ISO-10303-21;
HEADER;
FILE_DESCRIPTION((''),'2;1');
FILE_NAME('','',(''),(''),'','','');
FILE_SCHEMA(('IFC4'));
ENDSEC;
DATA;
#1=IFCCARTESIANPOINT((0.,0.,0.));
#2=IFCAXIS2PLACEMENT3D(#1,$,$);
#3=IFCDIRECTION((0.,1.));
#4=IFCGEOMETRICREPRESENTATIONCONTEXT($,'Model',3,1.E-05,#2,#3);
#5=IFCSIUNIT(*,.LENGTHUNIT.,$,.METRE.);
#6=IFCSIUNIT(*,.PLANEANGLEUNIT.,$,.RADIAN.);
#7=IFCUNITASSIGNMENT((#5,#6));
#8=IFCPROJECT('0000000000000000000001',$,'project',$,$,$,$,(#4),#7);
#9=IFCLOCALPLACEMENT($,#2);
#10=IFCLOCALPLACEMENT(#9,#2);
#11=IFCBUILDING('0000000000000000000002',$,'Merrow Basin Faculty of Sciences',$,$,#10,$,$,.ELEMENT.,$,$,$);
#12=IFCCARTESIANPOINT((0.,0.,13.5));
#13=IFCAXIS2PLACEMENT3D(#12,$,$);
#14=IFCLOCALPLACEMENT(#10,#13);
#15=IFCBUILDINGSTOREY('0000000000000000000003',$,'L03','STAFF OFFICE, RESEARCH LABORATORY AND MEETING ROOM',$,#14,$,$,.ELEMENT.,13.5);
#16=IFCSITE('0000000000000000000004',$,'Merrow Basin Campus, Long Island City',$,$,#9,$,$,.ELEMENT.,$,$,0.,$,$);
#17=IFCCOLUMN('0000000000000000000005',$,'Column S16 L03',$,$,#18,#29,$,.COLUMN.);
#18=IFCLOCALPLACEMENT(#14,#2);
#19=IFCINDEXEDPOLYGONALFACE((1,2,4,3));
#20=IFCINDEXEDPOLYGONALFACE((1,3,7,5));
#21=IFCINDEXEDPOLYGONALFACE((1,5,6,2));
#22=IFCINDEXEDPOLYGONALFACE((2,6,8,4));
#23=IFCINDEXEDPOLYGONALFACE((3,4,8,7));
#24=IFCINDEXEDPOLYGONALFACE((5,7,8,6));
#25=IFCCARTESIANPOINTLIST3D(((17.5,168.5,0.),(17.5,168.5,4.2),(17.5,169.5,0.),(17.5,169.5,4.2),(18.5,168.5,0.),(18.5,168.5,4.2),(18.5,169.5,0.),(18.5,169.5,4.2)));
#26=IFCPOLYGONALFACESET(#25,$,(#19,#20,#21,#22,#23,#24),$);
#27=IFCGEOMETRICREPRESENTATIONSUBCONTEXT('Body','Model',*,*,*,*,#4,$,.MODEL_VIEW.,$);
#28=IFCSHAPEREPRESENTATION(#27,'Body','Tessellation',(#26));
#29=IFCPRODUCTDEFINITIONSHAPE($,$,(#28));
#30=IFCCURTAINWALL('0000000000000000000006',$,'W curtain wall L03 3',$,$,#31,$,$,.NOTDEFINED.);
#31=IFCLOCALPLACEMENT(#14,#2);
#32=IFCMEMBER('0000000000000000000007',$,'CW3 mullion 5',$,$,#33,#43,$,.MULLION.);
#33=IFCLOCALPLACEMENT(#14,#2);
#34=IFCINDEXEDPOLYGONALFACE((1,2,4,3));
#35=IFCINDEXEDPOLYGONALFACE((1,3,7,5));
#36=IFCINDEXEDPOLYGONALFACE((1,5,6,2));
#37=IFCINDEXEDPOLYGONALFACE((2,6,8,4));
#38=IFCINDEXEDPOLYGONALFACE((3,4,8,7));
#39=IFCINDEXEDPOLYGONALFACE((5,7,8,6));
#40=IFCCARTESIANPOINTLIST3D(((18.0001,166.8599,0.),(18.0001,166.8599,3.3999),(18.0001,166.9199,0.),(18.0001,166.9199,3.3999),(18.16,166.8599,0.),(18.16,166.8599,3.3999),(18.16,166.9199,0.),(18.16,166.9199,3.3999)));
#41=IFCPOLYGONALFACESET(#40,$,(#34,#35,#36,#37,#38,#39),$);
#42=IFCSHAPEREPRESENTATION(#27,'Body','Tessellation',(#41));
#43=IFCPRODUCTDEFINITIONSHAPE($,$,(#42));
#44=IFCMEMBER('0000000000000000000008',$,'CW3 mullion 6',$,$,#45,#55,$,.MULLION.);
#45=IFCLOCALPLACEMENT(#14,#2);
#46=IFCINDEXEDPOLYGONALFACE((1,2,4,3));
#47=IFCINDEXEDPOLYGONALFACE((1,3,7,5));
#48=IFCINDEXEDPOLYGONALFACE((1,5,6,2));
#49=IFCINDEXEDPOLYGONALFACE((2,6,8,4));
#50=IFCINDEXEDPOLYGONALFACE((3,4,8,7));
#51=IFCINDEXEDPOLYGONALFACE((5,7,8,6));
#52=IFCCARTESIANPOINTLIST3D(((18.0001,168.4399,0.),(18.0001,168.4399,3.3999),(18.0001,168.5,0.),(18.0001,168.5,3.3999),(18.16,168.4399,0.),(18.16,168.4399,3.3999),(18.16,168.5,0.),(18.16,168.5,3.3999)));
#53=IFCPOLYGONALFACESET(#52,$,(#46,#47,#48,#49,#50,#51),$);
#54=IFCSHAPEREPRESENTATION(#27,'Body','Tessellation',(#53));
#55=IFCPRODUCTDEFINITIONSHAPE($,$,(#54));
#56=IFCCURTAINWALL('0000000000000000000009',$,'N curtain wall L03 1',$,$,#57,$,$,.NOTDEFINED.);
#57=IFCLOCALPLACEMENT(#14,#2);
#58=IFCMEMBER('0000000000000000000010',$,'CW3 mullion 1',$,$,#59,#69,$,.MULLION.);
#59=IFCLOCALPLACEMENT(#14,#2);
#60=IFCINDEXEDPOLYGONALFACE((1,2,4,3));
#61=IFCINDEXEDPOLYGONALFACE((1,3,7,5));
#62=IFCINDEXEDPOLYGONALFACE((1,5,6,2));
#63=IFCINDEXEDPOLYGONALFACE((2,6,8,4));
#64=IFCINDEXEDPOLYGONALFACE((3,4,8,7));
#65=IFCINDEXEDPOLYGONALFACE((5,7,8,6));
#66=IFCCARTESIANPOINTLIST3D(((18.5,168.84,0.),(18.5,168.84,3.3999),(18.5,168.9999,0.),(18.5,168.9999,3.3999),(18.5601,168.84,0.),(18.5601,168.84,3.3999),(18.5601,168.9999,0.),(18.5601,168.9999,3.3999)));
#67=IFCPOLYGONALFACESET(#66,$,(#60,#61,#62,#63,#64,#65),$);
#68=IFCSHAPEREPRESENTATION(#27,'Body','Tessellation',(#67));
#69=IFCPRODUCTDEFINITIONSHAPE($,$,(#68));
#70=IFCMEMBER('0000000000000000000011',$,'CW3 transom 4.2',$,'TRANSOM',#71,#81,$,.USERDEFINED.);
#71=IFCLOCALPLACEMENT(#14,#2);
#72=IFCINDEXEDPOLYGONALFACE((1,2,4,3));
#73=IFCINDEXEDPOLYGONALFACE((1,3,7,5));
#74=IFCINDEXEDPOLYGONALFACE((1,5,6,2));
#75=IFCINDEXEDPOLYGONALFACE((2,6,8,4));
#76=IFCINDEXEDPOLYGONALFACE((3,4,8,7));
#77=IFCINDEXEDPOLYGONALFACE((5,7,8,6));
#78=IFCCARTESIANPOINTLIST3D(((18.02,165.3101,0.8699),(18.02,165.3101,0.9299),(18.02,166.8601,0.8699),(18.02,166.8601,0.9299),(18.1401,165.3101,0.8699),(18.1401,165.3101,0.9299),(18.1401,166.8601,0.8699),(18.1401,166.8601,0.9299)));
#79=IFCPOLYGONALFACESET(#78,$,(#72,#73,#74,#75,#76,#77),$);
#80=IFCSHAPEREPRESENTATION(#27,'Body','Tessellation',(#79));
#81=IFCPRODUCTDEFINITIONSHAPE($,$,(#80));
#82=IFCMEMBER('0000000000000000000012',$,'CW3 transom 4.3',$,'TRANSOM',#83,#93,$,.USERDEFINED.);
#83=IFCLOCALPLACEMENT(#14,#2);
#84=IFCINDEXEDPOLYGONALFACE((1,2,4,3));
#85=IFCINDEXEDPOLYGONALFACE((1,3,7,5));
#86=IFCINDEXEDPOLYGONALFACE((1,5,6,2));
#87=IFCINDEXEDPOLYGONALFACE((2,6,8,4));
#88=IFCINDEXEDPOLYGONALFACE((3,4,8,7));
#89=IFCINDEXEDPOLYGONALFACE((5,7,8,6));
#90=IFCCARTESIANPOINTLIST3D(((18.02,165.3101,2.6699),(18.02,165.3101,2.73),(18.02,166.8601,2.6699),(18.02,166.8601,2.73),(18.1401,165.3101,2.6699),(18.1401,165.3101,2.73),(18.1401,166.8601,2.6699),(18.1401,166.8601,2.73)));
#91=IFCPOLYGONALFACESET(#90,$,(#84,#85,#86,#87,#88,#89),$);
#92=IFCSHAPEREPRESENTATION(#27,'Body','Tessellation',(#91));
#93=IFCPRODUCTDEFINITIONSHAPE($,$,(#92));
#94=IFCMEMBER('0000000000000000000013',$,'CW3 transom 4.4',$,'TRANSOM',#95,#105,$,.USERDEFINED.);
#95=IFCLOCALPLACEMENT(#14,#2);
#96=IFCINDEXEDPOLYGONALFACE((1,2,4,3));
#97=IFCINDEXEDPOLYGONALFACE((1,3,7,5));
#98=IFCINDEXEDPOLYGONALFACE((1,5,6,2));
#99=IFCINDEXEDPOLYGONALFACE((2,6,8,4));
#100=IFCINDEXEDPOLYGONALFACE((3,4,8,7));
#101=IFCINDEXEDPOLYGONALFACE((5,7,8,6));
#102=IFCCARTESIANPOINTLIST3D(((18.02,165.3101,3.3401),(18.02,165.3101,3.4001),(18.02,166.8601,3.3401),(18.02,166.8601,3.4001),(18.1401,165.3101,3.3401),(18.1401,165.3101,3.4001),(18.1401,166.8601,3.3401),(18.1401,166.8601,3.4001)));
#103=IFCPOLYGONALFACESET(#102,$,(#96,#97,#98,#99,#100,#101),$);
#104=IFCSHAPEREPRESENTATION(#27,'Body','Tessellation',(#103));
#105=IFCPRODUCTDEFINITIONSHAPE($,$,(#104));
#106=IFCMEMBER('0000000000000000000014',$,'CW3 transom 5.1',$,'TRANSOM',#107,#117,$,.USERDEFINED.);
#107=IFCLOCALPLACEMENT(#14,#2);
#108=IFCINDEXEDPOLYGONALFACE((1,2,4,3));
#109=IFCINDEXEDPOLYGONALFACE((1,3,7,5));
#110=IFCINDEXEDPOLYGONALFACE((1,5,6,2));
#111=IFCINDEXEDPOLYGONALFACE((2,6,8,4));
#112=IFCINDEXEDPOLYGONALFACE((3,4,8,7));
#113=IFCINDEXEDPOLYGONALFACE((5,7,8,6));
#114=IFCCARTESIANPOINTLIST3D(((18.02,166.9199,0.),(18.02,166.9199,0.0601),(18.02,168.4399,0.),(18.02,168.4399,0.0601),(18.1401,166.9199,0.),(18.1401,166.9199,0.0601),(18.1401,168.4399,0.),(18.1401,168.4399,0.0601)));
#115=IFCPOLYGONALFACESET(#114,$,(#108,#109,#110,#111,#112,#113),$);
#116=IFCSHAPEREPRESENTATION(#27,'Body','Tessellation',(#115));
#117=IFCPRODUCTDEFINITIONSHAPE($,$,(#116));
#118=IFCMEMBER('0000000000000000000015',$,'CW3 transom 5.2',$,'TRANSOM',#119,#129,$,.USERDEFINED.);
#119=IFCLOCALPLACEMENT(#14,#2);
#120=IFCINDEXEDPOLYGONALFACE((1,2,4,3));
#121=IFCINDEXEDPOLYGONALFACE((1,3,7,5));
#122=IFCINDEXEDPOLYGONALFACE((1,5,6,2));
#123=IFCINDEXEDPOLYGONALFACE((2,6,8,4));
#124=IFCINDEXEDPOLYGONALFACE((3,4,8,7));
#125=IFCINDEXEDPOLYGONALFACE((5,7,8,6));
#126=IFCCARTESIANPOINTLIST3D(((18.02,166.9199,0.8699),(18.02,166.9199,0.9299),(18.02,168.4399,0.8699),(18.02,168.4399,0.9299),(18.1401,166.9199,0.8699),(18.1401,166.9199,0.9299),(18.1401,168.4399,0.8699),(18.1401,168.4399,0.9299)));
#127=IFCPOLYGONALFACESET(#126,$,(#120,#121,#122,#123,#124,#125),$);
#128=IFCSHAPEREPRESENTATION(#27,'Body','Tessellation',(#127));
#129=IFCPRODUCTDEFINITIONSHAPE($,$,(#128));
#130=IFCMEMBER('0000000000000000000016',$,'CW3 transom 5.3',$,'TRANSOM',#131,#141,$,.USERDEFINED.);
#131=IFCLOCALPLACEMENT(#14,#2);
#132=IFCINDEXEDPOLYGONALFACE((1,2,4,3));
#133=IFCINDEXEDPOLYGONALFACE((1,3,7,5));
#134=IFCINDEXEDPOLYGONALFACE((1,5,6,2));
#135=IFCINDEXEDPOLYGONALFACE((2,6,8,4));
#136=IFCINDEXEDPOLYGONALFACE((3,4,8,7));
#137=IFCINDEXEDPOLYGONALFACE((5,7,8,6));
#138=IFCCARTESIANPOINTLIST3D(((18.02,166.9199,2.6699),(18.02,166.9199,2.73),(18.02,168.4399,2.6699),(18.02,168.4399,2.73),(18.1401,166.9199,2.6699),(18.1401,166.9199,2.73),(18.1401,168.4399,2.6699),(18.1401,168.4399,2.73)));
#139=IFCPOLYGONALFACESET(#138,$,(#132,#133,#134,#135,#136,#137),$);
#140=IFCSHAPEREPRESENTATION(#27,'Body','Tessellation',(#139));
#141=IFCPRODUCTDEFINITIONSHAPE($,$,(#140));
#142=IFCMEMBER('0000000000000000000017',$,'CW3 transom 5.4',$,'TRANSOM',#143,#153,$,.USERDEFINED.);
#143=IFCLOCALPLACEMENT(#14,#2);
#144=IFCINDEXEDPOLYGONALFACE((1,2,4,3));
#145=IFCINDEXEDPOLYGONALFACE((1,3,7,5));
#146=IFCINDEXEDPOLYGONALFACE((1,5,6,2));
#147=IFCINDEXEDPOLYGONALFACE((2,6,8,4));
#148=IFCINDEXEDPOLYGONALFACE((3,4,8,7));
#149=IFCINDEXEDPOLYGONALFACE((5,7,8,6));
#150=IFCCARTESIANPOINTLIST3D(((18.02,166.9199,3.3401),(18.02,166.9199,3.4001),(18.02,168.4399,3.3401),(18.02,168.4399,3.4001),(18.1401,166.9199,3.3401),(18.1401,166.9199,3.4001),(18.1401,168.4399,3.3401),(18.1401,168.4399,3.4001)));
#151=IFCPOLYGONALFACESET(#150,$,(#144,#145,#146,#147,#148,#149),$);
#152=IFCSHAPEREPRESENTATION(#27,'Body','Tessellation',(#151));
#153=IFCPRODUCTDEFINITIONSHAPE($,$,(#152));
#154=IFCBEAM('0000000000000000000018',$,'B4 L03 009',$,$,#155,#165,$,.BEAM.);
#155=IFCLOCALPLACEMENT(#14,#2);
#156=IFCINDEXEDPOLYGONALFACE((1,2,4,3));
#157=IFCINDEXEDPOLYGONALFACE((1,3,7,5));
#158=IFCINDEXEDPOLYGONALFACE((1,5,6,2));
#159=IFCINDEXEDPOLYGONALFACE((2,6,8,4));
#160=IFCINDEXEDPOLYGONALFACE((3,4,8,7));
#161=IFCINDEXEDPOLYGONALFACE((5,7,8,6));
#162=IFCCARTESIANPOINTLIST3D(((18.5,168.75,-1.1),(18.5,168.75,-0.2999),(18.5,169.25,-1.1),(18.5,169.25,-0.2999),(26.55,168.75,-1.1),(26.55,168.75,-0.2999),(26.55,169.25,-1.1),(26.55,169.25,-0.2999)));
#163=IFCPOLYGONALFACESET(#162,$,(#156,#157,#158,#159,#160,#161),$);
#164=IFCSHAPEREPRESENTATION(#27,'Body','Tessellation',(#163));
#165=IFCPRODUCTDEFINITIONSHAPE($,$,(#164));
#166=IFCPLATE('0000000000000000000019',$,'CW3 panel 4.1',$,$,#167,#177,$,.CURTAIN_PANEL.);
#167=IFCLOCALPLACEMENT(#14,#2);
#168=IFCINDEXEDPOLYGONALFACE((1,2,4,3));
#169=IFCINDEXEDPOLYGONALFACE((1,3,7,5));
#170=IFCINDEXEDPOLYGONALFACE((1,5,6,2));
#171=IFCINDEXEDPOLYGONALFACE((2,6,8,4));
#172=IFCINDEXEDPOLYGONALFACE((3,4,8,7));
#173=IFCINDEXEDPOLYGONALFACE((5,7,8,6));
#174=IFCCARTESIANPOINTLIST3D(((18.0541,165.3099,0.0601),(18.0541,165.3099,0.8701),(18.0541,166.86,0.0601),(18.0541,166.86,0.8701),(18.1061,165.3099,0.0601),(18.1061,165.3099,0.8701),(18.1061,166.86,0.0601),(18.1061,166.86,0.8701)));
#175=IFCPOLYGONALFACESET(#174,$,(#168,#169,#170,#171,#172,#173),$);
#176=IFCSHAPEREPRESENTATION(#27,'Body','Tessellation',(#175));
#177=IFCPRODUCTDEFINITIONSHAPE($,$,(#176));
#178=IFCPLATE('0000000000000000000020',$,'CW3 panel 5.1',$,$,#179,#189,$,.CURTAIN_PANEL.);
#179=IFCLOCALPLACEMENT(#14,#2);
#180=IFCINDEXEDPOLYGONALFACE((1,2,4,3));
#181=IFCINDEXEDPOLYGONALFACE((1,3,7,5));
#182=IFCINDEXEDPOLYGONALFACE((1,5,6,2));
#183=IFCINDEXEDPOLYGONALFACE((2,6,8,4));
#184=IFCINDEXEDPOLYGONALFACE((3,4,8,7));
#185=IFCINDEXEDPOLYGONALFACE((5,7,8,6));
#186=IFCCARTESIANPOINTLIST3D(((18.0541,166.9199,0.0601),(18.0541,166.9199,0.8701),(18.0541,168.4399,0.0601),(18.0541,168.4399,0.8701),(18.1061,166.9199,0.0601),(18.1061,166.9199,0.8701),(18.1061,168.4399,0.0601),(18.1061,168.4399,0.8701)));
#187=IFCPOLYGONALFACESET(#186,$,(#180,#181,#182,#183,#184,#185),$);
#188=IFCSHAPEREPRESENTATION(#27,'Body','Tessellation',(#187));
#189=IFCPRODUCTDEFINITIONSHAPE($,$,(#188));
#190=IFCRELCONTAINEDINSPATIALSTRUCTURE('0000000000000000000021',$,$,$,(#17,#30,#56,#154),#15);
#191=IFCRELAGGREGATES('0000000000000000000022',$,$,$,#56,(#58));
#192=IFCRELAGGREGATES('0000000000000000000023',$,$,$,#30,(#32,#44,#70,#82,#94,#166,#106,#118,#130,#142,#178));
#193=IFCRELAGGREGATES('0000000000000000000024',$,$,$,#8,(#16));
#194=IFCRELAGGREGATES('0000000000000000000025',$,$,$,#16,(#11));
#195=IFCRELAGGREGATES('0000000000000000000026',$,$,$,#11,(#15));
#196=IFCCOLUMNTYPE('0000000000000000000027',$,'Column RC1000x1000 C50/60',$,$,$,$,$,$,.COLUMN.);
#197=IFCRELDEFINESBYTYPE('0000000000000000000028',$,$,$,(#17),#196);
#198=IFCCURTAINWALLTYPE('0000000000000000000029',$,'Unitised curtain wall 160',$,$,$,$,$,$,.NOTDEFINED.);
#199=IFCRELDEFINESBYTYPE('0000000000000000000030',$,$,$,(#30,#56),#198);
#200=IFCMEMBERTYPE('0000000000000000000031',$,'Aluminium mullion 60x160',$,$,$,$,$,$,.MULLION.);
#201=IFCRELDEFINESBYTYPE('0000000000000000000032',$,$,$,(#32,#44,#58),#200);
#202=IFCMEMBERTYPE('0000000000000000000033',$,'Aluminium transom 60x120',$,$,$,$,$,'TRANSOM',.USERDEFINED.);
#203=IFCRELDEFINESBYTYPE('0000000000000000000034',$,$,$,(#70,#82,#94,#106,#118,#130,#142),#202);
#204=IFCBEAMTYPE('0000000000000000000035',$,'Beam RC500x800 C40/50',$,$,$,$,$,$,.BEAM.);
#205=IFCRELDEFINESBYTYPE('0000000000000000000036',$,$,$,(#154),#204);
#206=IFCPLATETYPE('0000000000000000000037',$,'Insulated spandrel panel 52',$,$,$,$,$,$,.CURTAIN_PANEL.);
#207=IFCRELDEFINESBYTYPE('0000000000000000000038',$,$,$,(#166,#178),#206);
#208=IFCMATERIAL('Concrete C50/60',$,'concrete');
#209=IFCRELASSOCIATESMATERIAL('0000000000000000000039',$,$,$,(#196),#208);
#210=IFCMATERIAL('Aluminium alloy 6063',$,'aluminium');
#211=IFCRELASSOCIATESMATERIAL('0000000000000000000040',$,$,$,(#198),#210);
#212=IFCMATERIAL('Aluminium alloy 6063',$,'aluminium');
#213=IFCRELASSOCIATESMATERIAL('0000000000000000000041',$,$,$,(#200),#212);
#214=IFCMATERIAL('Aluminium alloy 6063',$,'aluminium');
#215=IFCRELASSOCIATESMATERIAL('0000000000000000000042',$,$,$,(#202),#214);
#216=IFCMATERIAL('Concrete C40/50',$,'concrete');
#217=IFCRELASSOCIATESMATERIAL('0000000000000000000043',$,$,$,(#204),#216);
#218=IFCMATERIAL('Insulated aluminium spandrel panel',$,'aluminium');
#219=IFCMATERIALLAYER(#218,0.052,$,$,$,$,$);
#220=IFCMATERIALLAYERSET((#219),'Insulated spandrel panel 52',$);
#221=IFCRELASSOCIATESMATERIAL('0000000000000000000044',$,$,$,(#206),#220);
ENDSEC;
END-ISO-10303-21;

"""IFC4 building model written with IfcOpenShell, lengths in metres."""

from ifc_helpers import new_model, si_unit, direction, frame, origin, origin_2d, place, context, subcontext, project, spatial, rectangle, extrude, material, layer, layer_set, material_profile, profile_set, type_object, element, aggregate, save


model = new_model("IFC4")

# Units and contexts
model_context = context("Model", 3, precision=1e-05, world=origin(), true_north=direction((0.0, 1.0)))
body_context = subcontext(model_context, "Body", "Model", "MODEL_VIEW")
ifc_project = project(units=[si_unit("LENGTHUNIT", "METRE"), si_unit("PLANEANGLEUNIT", "RADIAN")], contexts=[model_context])

# Site, building, storey
site_placement = place(None, origin())
site = spatial("IfcSite", under=ifc_project, at=site_placement, Name="Merrow Basin Campus, Long Island City", CompositionType="ELEMENT", RefElevation=0.0)
building_placement = place(site_placement, origin())
building = spatial("IfcBuilding", under=site, at=building_placement, Name="Merrow Basin Faculty of Sciences", CompositionType="ELEMENT")
storey_placement = place(building_placement, frame((0.0, 0.0, 13.5)))
storey = spatial("IfcBuildingStorey", under=building, at=storey_placement, Name="L03", Description="STAFF OFFICE, RESEARCH LABORATORY AND MEETING ROOM", CompositionType="ELEMENT", Elevation=13.5)

# Column
ifc_material_1 = material(Name="Concrete C50/60", Category="concrete")
ifc_material_profile_1 = material_profile(ifc_material_1, rectangle(XDim=1.0, YDim=1.0, at=origin_2d()))
ifc_profile_set_1 = profile_set([ifc_material_profile_1], Name="Concrete C50/60")
column_type = type_object("IfcColumnType", Name="Column RC1000x1000 C50/60", PredefinedType="COLUMN", material=ifc_profile_set_1)
column_placement = place(storey_placement, frame((18.0, 169.0, 0.0), z_axis=(0.0, 0.0, 1.0), x_axis=(1.0, 0.0, 0.0)))
element("IfcColumn", 1, at=column_placement, inside=storey, type_object=column_type, Name="Column S16 L03", PredefinedType="COLUMN", context=body_context, shape_type="SweptSolid", body=[
    extrude(rectangle(XDim=1.0, YDim=1.0, at=origin_2d()), origin(), (0.0, 0.0, 1.0), 4.2),
])

# Curtain wall, members
ifc_material_2 = material(Name="Aluminium alloy 6063", Category="aluminium")
curtain_wall_type = type_object("IfcCurtainWallType", Name="Unitised curtain wall 160", PredefinedType="NOTDEFINED", material=ifc_material_2)
curtain_wall_1_placement = place(storey_placement, origin())
curtain_wall_1 = element("IfcCurtainWall", 2, at=curtain_wall_1_placement, inside=storey, type_object=curtain_wall_type, Name="W curtain wall L03 3", PredefinedType="NOTDEFINED")
ifc_material_3 = material(Name="Aluminium alloy 6063", Category="aluminium")
ifc_material_profile_2 = material_profile(ifc_material_3, rectangle(XDim=0.1599, YDim=0.0601, at=origin_2d()))
ifc_profile_set_2 = profile_set([ifc_material_profile_2], Name="Aluminium alloy 6063")
member_type_1 = type_object("IfcMemberType", Name="Aluminium mullion 60x160", PredefinedType="MULLION", material=ifc_profile_set_2)
member_1_placement = place(storey_placement, frame((18.0801, 166.8899, 0.0), z_axis=(0.0, 0.0, 1.0), x_axis=(-1.0, 0.0, 0.0)))
member_1 = element("IfcMember", 3, at=member_1_placement, type_object=member_type_1, Name="CW3 mullion 5", PredefinedType="MULLION", context=body_context, shape_type="SweptSolid", body=[
    extrude(rectangle(XDim=0.1599, YDim=0.0601, at=origin_2d()), origin(), (0.0, 0.0, 1.0), 3.3999),
])
member_2_placement = place(storey_placement, frame((18.0801, 168.47, 0.0), z_axis=(0.0, 0.0, 1.0), x_axis=(-1.0, 0.0, 0.0)))
member_2 = element("IfcMember", 4, at=member_2_placement, type_object=member_type_1, Name="CW3 mullion 6", PredefinedType="MULLION", context=body_context, shape_type="SweptSolid", body=[
    extrude(rectangle(XDim=0.1599, YDim=0.0601, at=origin_2d()), origin(), (0.0, 0.0, 1.0), 3.3999),
])

# Curtain wall, member
curtain_wall_2_placement = place(storey_placement, origin())
curtain_wall_2 = element("IfcCurtainWall", 5, at=curtain_wall_2_placement, inside=storey, type_object=curtain_wall_type, Name="N curtain wall L03 1", PredefinedType="NOTDEFINED")
member_3_placement = place(storey_placement, frame((18.53, 168.9199, 0.0), z_axis=(0.0, 0.0, 1.0), x_axis=(0.0, 1.0, 0.0)))
member_3 = element("IfcMember", 6, at=member_3_placement, type_object=member_type_1, Name="CW3 mullion 1", PredefinedType="MULLION", context=body_context, shape_type="SweptSolid", body=[
    extrude(rectangle(XDim=0.1599, YDim=0.0601, at=origin_2d()), origin(), (0.0, 0.0, 1.0), 3.3999),
])
aggregate(curtain_wall_2, [member_3])

# Members
ifc_material_4 = material(Name="Aluminium alloy 6063", Category="aluminium")
ifc_material_profile_3 = material_profile(ifc_material_4, rectangle(XDim=0.1201, YDim=0.0601, at=origin_2d()))
ifc_profile_set_3 = profile_set([ifc_material_profile_3], Name="Aluminium alloy 6063")
member_type_2 = type_object("IfcMemberType", Name="Aluminium transom 60x120", ElementType="TRANSOM", PredefinedType="USERDEFINED", material=ifc_profile_set_3)
member_4_placement = place(storey_placement, frame((18.0801, 165.3101, 0.8999), z_axis=(0.0, 1.0, 0.0), x_axis=(-1.0, 0.0, 0.0)))
member_4 = element("IfcMember", 7, at=member_4_placement, type_object=member_type_2, Name="CW3 transom 4.2", ObjectType="TRANSOM", PredefinedType="USERDEFINED", context=body_context, shape_type="SweptSolid", body=[
    extrude(rectangle(XDim=0.1201, YDim=0.0601, at=origin_2d()), origin(), (0.0, 0.0, 1.0), 1.55),
])
member_5_placement = place(storey_placement, frame((18.0801, 165.3101, 2.7), z_axis=(0.0, 1.0, 0.0), x_axis=(-1.0, 0.0, 0.0)))
member_5 = element("IfcMember", 8, at=member_5_placement, type_object=member_type_2, Name="CW3 transom 4.3", ObjectType="TRANSOM", PredefinedType="USERDEFINED", context=body_context, shape_type="SweptSolid", body=[
    extrude(rectangle(XDim=0.1201, YDim=0.0601, at=origin_2d()), origin(), (0.0, 0.0, 1.0), 1.55),
])
member_6_placement = place(storey_placement, frame((18.0801, 165.3101, 3.3701), z_axis=(0.0, 1.0, 0.0), x_axis=(-1.0, 0.0, 0.0)))
member_6 = element("IfcMember", 9, at=member_6_placement, type_object=member_type_2, Name="CW3 transom 4.4", ObjectType="TRANSOM", PredefinedType="USERDEFINED", context=body_context, shape_type="SweptSolid", body=[
    extrude(rectangle(XDim=0.1201, YDim=0.0601, at=origin_2d()), origin(), (0.0, 0.0, 1.0), 1.55),
])
member_7_placement = place(storey_placement, frame((18.0801, 166.9199, 0.03), z_axis=(0.0, 1.0, 0.0), x_axis=(-1.0, 0.0, 0.0)))
member_7 = element("IfcMember", 10, at=member_7_placement, type_object=member_type_2, Name="CW3 transom 5.1", ObjectType="TRANSOM", PredefinedType="USERDEFINED", context=body_context, shape_type="SweptSolid", body=[
    extrude(rectangle(XDim=0.1201, YDim=0.0601, at=origin_2d()), origin(), (0.0, 0.0, 1.0), 1.52),
])
member_8_placement = place(storey_placement, frame((18.0801, 166.9199, 0.8999), z_axis=(0.0, 1.0, 0.0), x_axis=(-1.0, 0.0, 0.0)))
member_8 = element("IfcMember", 11, at=member_8_placement, type_object=member_type_2, Name="CW3 transom 5.2", ObjectType="TRANSOM", PredefinedType="USERDEFINED", context=body_context, shape_type="SweptSolid", body=[
    extrude(rectangle(XDim=0.1201, YDim=0.0601, at=origin_2d()), origin(), (0.0, 0.0, 1.0), 1.52),
])
member_9_placement = place(storey_placement, frame((18.0801, 166.9199, 2.7), z_axis=(0.0, 1.0, 0.0), x_axis=(-1.0, 0.0, 0.0)))
member_9 = element("IfcMember", 12, at=member_9_placement, type_object=member_type_2, Name="CW3 transom 5.3", ObjectType="TRANSOM", PredefinedType="USERDEFINED", context=body_context, shape_type="SweptSolid", body=[
    extrude(rectangle(XDim=0.1201, YDim=0.0601, at=origin_2d()), origin(), (0.0, 0.0, 1.0), 1.52),
])
member_10_placement = place(storey_placement, frame((18.0801, 166.9199, 3.3701), z_axis=(0.0, 1.0, 0.0), x_axis=(-1.0, 0.0, 0.0)))
member_10 = element("IfcMember", 13, at=member_10_placement, type_object=member_type_2, Name="CW3 transom 5.4", ObjectType="TRANSOM", PredefinedType="USERDEFINED", context=body_context, shape_type="SweptSolid", body=[
    extrude(rectangle(XDim=0.1201, YDim=0.0601, at=origin_2d()), origin(), (0.0, 0.0, 1.0), 1.52),
])

# Beam
ifc_material_5 = material(Name="Concrete C40/50", Category="concrete")
ifc_material_profile_4 = material_profile(ifc_material_5, rectangle(XDim=0.5, YDim=0.8, at=origin_2d()))
ifc_profile_set_4 = profile_set([ifc_material_profile_4], Name="Concrete C40/50")
beam_type = type_object("IfcBeamType", Name="Beam RC500x800 C40/50", PredefinedType="BEAM", material=ifc_profile_set_4)
beam_placement = place(storey_placement, frame((18.5, 169.0, -0.7), z_axis=(1.0, 0.0, 0.0), x_axis=(0.0, 1.0, 0.0)))
element("IfcBeam", 14, at=beam_placement, inside=storey, type_object=beam_type, Name="B4 L03 009", PredefinedType="BEAM", context=body_context, shape_type="SweptSolid", body=[
    extrude(rectangle(XDim=0.5, YDim=0.8, at=origin_2d()), origin(), (0.0, 0.0, 1.0), 8.05),
])

# Plates
ifc_material_6 = material(Name="Insulated aluminium spandrel panel", Category="aluminium")
ifc_layer_1 = layer(ifc_material_6, 0.052)
ifc_layer_set_1 = layer_set([ifc_layer_1], Name="Insulated spandrel panel 52")
plate_type_1 = type_object("IfcPlateType", Name="Insulated spandrel panel 52", PredefinedType="CURTAIN_PANEL", material=ifc_layer_set_1)
plate_1_placement = place(storey_placement, frame((18.0801, 166.085, 0.0601), z_axis=(0.0, 0.0, 1.0), x_axis=(0.0, 1.0, 0.0)))
plate_1 = element("IfcPlate", 15, at=plate_1_placement, type_object=plate_type_1, Name="CW3 panel 4.1", PredefinedType="CURTAIN_PANEL", context=body_context, shape_type="SweptSolid", body=[
    extrude(rectangle(XDim=1.55, YDim=0.052, at=origin_2d()), origin(), (0.0, 0.0, 1.0), 0.8101),
])
plate_2_placement = place(storey_placement, frame((18.0801, 167.6799, 0.0601), z_axis=(0.0, 0.0, 1.0), x_axis=(0.0, 1.0, 0.0)))
plate_2 = element("IfcPlate", 16, at=plate_2_placement, type_object=plate_type_1, Name="CW3 panel 5.1", PredefinedType="CURTAIN_PANEL", context=body_context, shape_type="SweptSolid", body=[
    extrude(rectangle(XDim=1.52, YDim=0.052, at=origin_2d()), origin(), (0.0, 0.0, 1.0), 0.8101),
])
aggregate(curtain_wall_1, [member_1, member_2, member_4, member_5, member_6, plate_1, member_7, member_8, member_9, member_10, plate_2])

save(model, "model.ifc")
